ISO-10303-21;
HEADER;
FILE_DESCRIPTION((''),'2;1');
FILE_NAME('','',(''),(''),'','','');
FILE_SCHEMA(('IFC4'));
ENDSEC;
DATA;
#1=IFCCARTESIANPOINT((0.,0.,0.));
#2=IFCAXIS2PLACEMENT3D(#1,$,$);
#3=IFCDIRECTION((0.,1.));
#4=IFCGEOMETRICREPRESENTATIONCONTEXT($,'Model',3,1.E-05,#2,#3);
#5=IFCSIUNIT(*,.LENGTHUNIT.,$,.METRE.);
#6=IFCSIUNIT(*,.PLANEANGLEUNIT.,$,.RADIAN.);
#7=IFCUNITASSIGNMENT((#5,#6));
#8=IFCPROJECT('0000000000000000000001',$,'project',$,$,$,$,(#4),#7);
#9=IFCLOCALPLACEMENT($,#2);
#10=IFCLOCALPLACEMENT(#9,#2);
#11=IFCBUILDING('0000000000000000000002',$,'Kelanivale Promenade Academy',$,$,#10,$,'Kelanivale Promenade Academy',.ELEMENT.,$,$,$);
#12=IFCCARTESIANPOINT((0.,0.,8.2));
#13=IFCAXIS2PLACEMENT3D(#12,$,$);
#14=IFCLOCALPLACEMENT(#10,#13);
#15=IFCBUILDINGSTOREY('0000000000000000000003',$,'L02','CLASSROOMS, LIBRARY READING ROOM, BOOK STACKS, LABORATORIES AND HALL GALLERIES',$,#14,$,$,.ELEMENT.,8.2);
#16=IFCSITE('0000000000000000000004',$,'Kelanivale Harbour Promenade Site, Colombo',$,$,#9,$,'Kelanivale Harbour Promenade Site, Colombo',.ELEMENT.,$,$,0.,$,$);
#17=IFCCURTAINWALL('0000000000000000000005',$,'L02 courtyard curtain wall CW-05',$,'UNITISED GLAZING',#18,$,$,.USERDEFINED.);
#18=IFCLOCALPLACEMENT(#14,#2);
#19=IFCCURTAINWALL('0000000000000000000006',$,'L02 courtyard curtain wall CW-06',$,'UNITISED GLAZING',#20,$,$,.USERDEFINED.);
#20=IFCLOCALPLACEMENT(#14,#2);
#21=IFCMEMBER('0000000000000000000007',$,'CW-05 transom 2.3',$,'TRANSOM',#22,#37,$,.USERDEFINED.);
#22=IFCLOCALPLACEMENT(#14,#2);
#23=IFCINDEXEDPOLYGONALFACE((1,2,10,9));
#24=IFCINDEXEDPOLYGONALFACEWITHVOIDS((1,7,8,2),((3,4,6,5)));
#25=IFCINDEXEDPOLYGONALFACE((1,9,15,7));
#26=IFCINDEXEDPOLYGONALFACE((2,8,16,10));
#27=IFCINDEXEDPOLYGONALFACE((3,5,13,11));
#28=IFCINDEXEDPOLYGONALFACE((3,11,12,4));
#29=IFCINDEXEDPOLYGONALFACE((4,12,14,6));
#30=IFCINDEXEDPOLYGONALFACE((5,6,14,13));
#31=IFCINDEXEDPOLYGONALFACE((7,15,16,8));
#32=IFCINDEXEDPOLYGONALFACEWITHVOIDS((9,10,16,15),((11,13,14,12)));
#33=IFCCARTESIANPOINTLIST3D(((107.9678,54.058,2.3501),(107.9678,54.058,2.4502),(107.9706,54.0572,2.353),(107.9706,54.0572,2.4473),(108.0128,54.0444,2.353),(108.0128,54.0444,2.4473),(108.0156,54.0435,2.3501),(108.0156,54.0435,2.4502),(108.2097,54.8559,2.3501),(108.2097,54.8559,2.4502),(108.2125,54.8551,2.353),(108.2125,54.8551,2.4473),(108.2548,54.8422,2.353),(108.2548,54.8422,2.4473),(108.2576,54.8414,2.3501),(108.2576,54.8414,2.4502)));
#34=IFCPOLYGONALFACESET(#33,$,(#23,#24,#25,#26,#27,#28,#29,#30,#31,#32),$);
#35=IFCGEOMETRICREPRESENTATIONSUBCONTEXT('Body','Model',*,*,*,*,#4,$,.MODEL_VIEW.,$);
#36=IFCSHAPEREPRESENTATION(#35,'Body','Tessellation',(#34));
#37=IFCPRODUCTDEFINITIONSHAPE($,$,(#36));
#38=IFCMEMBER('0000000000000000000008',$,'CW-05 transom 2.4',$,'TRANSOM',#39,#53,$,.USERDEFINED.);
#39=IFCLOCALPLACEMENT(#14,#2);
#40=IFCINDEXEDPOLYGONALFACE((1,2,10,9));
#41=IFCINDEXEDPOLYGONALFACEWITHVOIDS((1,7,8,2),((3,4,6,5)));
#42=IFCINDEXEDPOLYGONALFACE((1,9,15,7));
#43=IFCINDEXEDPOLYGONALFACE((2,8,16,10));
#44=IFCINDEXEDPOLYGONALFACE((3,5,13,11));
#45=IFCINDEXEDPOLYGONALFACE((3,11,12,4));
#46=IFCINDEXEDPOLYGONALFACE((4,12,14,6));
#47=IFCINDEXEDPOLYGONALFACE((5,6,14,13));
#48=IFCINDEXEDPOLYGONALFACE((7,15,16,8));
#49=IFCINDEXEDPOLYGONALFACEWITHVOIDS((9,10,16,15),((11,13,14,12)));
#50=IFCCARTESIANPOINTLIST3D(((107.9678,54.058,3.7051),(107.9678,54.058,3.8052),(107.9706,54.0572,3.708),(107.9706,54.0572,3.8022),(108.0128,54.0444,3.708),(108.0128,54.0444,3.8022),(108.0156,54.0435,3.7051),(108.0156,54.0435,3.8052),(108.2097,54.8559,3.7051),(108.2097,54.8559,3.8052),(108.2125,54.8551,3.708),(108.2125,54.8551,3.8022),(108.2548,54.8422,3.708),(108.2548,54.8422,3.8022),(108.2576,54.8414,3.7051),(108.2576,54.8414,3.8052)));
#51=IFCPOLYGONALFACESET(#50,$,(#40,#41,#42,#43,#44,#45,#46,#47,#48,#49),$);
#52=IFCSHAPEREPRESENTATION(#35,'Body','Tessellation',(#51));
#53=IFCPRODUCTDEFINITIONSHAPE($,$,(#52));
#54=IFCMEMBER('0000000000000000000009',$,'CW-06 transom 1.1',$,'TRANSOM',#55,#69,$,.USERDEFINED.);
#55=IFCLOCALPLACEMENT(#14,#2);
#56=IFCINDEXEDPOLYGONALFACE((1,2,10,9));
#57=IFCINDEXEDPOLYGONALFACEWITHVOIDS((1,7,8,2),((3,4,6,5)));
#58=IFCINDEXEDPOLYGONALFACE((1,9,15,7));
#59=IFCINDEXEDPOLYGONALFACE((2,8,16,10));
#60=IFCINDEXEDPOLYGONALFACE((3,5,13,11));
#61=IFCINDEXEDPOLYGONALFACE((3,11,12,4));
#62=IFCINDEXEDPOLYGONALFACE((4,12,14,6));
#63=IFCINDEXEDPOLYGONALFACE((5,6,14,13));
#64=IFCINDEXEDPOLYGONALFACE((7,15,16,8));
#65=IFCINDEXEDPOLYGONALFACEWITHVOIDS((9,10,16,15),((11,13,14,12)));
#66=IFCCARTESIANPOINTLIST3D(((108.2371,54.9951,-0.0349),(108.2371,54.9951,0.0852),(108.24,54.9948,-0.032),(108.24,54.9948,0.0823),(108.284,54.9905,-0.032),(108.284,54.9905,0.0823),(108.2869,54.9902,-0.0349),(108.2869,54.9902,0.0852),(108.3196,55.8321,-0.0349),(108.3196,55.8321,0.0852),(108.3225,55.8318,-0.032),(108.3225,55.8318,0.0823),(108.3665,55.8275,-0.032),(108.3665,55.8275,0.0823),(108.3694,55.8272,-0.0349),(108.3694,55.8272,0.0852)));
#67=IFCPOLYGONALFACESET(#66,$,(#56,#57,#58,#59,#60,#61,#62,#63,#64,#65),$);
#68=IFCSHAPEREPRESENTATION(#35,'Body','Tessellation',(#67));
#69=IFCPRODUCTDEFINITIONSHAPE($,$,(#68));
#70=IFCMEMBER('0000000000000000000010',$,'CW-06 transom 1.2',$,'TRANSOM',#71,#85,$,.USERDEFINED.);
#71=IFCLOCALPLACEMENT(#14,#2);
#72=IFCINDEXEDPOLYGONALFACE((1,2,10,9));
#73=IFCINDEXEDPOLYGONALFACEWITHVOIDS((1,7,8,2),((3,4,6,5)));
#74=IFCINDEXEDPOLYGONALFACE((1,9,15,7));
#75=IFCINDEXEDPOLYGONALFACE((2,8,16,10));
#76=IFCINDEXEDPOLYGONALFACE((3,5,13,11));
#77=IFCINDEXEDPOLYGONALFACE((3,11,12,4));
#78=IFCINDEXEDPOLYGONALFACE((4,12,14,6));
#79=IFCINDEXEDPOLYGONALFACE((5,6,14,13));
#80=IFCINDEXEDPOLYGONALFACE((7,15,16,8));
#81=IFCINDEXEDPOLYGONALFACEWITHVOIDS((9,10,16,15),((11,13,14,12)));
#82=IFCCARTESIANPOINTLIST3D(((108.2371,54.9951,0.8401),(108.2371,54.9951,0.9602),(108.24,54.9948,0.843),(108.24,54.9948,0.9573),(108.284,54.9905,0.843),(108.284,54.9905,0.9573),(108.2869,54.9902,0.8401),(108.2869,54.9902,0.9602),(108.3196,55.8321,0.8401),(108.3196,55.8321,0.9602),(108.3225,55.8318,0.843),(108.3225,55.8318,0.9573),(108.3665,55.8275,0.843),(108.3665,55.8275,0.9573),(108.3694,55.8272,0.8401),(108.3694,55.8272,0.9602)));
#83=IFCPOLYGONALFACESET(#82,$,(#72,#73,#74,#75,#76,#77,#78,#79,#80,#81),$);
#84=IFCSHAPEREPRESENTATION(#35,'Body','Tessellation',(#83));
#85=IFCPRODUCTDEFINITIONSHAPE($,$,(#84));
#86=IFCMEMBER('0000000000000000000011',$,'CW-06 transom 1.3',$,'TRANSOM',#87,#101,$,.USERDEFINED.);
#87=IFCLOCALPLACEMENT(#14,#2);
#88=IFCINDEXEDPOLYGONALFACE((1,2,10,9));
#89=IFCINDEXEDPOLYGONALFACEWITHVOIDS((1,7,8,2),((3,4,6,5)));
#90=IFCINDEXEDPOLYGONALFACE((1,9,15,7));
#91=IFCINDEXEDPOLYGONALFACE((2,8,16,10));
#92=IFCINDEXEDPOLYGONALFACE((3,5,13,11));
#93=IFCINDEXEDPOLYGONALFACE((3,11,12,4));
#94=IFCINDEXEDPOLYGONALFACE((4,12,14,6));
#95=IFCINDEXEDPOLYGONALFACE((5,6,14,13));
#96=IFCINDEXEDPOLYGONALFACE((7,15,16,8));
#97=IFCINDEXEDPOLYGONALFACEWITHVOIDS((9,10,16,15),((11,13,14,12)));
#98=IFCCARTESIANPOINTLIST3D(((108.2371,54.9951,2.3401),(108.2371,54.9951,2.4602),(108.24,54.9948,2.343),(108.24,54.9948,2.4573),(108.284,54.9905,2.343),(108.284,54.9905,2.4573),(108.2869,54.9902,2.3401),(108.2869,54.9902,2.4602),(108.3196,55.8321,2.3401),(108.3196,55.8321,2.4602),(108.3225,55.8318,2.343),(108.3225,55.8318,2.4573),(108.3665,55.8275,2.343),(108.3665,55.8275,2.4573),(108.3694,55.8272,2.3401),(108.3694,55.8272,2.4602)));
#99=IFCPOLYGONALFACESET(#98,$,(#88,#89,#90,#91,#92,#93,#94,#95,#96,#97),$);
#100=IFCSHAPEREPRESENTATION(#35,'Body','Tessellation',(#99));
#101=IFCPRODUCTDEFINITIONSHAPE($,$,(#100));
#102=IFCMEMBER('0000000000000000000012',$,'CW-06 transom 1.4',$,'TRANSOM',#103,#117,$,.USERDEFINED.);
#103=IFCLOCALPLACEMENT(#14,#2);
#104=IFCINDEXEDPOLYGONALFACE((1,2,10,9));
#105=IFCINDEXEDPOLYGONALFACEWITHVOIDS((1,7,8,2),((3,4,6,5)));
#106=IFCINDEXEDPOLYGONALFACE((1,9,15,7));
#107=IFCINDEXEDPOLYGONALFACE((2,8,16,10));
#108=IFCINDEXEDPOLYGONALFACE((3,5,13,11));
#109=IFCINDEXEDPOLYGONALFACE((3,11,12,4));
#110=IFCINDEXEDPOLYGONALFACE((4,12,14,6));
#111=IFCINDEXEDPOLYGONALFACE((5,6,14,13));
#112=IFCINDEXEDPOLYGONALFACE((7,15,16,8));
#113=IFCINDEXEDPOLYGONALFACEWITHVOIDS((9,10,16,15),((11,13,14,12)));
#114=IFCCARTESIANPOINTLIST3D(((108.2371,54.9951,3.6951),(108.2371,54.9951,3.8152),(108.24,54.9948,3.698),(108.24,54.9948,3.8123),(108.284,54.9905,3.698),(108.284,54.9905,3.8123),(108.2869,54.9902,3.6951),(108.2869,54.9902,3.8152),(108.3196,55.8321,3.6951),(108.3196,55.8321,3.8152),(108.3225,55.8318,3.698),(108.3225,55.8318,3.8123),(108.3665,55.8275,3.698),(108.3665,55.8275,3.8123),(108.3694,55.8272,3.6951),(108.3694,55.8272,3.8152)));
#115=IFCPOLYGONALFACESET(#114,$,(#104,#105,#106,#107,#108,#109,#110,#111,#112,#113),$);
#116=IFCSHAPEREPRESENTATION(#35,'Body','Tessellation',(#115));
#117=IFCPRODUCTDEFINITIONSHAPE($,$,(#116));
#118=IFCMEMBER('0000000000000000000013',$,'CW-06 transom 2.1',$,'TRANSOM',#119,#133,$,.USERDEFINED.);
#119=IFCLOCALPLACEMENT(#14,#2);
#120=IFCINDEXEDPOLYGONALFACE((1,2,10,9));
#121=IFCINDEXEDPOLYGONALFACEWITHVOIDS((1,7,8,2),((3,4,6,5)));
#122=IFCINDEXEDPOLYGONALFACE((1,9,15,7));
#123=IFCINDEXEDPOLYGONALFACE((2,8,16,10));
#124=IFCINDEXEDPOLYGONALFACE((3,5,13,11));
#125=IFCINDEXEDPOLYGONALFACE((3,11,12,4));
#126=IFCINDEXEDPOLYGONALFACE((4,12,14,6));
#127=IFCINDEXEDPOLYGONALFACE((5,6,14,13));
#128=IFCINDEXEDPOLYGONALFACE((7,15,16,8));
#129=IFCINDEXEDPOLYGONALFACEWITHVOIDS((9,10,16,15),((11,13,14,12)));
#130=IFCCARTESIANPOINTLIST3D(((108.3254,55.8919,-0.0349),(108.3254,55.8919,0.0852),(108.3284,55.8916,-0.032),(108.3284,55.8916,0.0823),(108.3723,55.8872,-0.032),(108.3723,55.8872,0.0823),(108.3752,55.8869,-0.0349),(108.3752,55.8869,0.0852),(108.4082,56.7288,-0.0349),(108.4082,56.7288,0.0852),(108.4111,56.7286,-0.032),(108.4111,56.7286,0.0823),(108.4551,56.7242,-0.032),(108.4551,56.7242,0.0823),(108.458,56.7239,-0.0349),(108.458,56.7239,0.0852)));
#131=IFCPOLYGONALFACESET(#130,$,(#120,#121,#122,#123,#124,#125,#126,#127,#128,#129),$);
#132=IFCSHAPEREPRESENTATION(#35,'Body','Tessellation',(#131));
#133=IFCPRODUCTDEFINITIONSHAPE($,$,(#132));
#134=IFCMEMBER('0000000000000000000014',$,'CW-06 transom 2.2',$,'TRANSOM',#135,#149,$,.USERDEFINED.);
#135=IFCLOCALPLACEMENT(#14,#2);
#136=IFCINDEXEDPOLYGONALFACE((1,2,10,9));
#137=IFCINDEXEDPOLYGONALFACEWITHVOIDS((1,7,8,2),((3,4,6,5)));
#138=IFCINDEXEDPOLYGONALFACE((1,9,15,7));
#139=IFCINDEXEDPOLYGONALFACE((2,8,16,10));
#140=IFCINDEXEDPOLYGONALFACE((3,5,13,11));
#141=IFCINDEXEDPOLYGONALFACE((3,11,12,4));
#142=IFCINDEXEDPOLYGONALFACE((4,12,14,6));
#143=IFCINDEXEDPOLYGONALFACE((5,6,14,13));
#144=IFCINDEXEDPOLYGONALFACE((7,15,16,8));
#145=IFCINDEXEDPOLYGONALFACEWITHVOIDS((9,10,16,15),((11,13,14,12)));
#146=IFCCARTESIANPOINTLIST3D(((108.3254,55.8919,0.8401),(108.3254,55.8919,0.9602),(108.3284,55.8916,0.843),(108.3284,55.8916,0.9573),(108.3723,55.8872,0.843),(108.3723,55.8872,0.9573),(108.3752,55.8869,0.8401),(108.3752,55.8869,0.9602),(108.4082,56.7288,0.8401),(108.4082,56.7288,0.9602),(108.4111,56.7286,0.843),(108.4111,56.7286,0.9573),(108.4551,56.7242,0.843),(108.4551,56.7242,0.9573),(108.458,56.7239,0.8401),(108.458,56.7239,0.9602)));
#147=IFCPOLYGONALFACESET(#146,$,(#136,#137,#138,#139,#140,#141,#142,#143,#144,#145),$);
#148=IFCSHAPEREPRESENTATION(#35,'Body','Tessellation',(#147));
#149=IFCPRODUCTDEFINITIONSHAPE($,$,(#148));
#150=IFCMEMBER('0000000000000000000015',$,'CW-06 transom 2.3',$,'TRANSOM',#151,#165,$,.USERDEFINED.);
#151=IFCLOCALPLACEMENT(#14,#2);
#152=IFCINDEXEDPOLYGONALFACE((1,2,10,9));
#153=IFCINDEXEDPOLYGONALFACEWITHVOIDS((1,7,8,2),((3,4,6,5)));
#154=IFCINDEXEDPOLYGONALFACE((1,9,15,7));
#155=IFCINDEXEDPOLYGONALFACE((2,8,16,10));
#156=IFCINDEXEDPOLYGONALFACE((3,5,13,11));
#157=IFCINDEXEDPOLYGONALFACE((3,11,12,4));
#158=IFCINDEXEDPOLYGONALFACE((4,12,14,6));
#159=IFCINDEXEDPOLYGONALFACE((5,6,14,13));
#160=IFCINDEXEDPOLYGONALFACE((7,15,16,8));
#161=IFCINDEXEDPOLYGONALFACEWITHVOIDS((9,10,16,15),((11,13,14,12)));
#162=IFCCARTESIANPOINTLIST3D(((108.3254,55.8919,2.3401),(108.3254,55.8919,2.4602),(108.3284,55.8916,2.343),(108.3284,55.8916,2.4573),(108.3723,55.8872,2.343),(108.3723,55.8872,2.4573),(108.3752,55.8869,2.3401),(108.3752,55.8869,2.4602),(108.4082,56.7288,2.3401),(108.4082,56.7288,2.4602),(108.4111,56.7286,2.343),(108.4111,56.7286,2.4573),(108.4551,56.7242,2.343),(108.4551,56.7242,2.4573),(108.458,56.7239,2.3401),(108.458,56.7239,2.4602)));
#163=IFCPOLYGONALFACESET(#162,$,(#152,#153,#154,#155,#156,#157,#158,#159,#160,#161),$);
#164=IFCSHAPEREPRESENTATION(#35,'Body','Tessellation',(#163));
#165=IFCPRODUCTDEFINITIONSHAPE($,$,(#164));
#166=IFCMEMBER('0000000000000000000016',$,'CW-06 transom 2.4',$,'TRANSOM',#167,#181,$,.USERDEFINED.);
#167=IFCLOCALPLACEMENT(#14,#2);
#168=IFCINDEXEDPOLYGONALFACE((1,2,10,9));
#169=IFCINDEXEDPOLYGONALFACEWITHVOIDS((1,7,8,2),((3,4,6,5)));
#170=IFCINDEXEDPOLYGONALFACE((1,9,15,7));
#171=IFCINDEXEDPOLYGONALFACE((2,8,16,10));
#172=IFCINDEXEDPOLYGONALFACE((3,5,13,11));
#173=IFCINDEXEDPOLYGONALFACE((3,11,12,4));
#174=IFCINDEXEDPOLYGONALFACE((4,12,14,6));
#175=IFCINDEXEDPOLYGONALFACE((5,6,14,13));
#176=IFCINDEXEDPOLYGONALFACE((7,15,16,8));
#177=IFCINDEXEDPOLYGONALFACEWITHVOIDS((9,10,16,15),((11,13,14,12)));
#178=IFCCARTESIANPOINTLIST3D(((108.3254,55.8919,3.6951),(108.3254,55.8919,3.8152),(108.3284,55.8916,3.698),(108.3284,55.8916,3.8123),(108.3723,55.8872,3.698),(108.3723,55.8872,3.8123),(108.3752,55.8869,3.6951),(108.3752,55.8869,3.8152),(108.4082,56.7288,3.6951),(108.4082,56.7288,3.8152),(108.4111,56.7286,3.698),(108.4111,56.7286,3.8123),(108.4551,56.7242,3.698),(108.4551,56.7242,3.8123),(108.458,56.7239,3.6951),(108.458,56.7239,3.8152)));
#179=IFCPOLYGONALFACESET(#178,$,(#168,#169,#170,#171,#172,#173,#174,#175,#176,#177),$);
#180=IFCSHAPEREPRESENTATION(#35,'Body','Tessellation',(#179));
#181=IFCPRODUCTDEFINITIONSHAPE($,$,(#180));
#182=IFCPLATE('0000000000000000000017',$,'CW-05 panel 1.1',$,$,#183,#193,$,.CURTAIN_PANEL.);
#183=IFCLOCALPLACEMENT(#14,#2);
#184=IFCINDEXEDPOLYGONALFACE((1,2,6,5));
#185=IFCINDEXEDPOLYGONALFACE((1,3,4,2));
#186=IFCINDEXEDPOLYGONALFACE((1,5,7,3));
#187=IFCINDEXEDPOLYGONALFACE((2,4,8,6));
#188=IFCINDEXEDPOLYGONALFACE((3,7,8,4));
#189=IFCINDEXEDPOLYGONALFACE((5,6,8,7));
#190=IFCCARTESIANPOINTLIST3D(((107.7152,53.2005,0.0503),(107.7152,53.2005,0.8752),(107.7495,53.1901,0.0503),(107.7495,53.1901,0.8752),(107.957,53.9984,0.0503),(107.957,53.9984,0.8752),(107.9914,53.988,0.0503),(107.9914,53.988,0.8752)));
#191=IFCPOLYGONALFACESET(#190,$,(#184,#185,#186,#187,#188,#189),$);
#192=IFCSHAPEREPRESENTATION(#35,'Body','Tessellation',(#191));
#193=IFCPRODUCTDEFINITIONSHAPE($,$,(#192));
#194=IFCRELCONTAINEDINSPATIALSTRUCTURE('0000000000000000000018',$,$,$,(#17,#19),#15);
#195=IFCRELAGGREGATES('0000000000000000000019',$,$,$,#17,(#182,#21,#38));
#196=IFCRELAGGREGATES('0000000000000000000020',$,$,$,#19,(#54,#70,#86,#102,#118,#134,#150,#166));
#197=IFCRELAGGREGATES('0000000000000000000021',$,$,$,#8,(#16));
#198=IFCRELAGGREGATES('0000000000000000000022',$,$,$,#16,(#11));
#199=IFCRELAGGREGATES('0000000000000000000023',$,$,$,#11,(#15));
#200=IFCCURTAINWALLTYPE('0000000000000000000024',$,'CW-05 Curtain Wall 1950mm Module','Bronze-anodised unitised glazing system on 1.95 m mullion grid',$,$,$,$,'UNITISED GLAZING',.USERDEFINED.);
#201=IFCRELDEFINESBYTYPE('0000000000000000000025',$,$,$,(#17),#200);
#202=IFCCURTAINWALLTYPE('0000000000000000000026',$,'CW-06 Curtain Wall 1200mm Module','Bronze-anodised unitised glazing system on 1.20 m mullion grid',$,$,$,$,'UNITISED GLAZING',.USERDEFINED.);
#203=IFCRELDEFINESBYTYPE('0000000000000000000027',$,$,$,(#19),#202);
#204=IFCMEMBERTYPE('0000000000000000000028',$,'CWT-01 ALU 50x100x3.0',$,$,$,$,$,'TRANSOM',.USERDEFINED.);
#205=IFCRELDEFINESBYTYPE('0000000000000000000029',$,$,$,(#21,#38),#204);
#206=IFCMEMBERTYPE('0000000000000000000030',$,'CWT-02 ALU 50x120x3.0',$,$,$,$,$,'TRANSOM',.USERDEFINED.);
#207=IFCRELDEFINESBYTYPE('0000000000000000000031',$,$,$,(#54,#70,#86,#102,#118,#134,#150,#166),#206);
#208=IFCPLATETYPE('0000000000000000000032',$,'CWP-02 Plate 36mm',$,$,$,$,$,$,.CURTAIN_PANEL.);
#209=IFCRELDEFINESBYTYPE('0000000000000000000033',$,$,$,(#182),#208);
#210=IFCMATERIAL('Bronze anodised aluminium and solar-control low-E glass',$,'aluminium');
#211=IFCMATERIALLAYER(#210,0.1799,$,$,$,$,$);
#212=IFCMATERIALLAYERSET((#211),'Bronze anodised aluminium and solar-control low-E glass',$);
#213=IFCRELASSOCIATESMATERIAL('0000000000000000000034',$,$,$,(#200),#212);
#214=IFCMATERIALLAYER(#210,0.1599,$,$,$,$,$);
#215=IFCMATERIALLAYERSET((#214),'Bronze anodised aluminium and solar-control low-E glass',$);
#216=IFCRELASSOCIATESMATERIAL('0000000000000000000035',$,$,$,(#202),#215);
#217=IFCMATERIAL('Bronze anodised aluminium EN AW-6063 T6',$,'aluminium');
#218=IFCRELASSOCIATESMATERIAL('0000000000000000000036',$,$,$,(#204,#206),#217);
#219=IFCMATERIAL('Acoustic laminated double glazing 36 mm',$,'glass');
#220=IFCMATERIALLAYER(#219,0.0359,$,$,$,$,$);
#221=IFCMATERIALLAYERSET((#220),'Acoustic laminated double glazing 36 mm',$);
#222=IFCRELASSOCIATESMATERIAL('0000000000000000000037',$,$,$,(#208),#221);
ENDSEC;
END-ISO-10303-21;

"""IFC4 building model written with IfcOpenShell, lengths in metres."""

from ifc_helpers import new_model, si_unit, direction, frame, origin, origin_2d, place, context, subcontext, project, spatial, rectangle, hollow_rectangle, extrude, material, layer, layer_set, material_profile, profile_set, type_object, element, aggregate, save


model = new_model("IFC4")

# Units and contexts
model_context = context("Model", 3, precision=1e-05, world=origin(), true_north=direction((0.0, 1.0)))
body_context = subcontext(model_context, "Body", "Model", "MODEL_VIEW")
ifc_project = project(units=[si_unit("LENGTHUNIT", "METRE"), si_unit("PLANEANGLEUNIT", "RADIAN")], contexts=[model_context])

# Site, building, storey
site_placement = place(None, origin())
site = spatial("IfcSite", under=ifc_project, at=site_placement, Name="Kelanivale Harbour Promenade Site, Colombo", LongName="Kelanivale Harbour Promenade Site, Colombo", CompositionType="ELEMENT", RefElevation=0.0)
building_placement = place(site_placement, origin())
building = spatial("IfcBuilding", under=site, at=building_placement, Name="Kelanivale Promenade Academy", LongName="Kelanivale Promenade Academy", CompositionType="ELEMENT")
storey_placement = place(building_placement, frame((0.0, 0.0, 8.2)))
storey = spatial("IfcBuildingStorey", under=building, at=storey_placement, Name="L02", Description="CLASSROOMS, LIBRARY READING ROOM, BOOK STACKS, LABORATORIES AND HALL GALLERIES", CompositionType="ELEMENT", Elevation=8.2)

# Curtain walls
ifc_material_1 = material(Name="Bronze anodised aluminium and solar-control low-E glass", Category="aluminium")
ifc_layer_1 = layer(ifc_material_1, 0.1799)
ifc_layer_set_1 = layer_set([ifc_layer_1], Name="Bronze anodised aluminium and solar-control low-E glass")
curtain_wall_type_1 = type_object("IfcCurtainWallType", Name="CW-05 Curtain Wall 1950mm Module", Description="Bronze-anodised unitised glazing system on 1.95 m mullion grid", ElementType="UNITISED GLAZING", PredefinedType="USERDEFINED", material=ifc_layer_set_1)
curtain_wall_1_placement = place(storey_placement, origin())
curtain_wall_1 = element("IfcCurtainWall", 1, at=curtain_wall_1_placement, inside=storey, type_object=curtain_wall_type_1, Name="L02 courtyard curtain wall CW-05", ObjectType="UNITISED GLAZING", PredefinedType="USERDEFINED")
ifc_material_2 = material(Name="Bronze anodised aluminium EN AW-6063 T6", Category="aluminium")
ifc_layer_2 = layer(ifc_material_1, 0.1599)
ifc_layer_set_2 = layer_set([ifc_layer_2], Name="Bronze anodised aluminium and solar-control low-E glass")
curtain_wall_type_2 = type_object("IfcCurtainWallType", Name="CW-06 Curtain Wall 1200mm Module", Description="Bronze-anodised unitised glazing system on 1.20 m mullion grid", ElementType="UNITISED GLAZING", PredefinedType="USERDEFINED", material=ifc_layer_set_2)
curtain_wall_2_placement = place(storey_placement, origin())
curtain_wall_2 = element("IfcCurtainWall", 2, at=curtain_wall_2_placement, inside=storey, type_object=curtain_wall_type_2, Name="L02 courtyard curtain wall CW-06", ObjectType="UNITISED GLAZING", PredefinedType="USERDEFINED")

# Members
ifc_material_profile_1 = material_profile(ifc_material_2, hollow_rectangle(XDim=0.05, YDim=0.1001, WallThickness=0.0029, at=origin_2d()), Name="ALU 50x100x3.0")
ifc_profile_set_1 = profile_set([ifc_material_profile_1], Name="Bronze anodised aluminium EN AW-6063 T6")
member_type_1 = type_object("IfcMemberType", Name="CWT-01 ALU 50x100x3.0", ElementType="TRANSOM", PredefinedType="USERDEFINED", material=ifc_profile_set_1)
member_1_placement = place(storey_placement, frame((107.9917, 54.0508, 2.4001), z_axis=(0.290194, 0.956968, 0.0), x_axis=(-0.956968, 0.290194, 0.0)))
member_1 = element("IfcMember", 3, at=member_1_placement, type_object=member_type_1, Name="CW-05 transom 2.3", ObjectType="TRANSOM", PredefinedType="USERDEFINED", context=body_context, shape_type="SweptSolid", body=[
    extrude(hollow_rectangle(XDim=0.05, YDim=0.1001, WallThickness=0.0029, at=origin_2d()), origin(), (0.0, 0.0, 1.0), 0.8337),
])
member_2_placement = place(storey_placement, frame((107.9917, 54.0508, 3.7551), z_axis=(0.290194, 0.956968, 0.0), x_axis=(-0.956968, 0.290194, 0.0)))
member_2 = element("IfcMember", 4, at=member_2_placement, type_object=member_type_1, Name="CW-05 transom 2.4", ObjectType="TRANSOM", PredefinedType="USERDEFINED", context=body_context, shape_type="SweptSolid", body=[
    extrude(hollow_rectangle(XDim=0.05, YDim=0.1001, WallThickness=0.0029, at=origin_2d()), origin(), (0.0, 0.0, 1.0), 0.8337),
])
ifc_material_profile_2 = material_profile(ifc_material_2, hollow_rectangle(XDim=0.05, YDim=0.1201, WallThickness=0.0029, at=origin_2d()), Name="ALU 50x120x3.0")
ifc_profile_set_2 = profile_set([ifc_material_profile_2], Name="Bronze anodised aluminium EN AW-6063 T6")
member_type_2 = type_object("IfcMemberType", Name="CWT-02 ALU 50x120x3.0", ElementType="TRANSOM", PredefinedType="USERDEFINED", material=ifc_profile_set_2)
member_3_placement = place(storey_placement, frame((108.262, 54.9927, 0.0251), z_axis=(0.098124, 0.995174, 0.0), x_axis=(-0.995174, 0.098124, 0.0)))
member_3 = element("IfcMember", 5, at=member_3_placement, type_object=member_type_2, Name="CW-06 transom 1.1", ObjectType="TRANSOM", PredefinedType="USERDEFINED", context=body_context, shape_type="SweptSolid", body=[
    extrude(hollow_rectangle(XDim=0.05, YDim=0.1201, WallThickness=0.0029, at=origin_2d()), origin(), (0.0, 0.0, 1.0), 0.8411),
])
member_4_placement = place(storey_placement, frame((108.262, 54.9927, 0.9001), z_axis=(0.098124, 0.995174, 0.0), x_axis=(-0.995174, 0.098124, 0.0)))
member_4 = element("IfcMember", 6, at=member_4_placement, type_object=member_type_2, Name="CW-06 transom 1.2", ObjectType="TRANSOM", PredefinedType="USERDEFINED", context=body_context, shape_type="SweptSolid", body=[
    extrude(hollow_rectangle(XDim=0.05, YDim=0.1201, WallThickness=0.0029, at=origin_2d()), origin(), (0.0, 0.0, 1.0), 0.8411),
])
member_5_placement = place(storey_placement, frame((108.262, 54.9927, 2.4001), z_axis=(0.098124, 0.995174, 0.0), x_axis=(-0.995174, 0.098124, 0.0)))
member_5 = element("IfcMember", 7, at=member_5_placement, type_object=member_type_2, Name="CW-06 transom 1.3", ObjectType="TRANSOM", PredefinedType="USERDEFINED", context=body_context, shape_type="SweptSolid", body=[
    extrude(hollow_rectangle(XDim=0.05, YDim=0.1201, WallThickness=0.0029, at=origin_2d()), origin(), (0.0, 0.0, 1.0), 0.8411),
])
member_6_placement = place(storey_placement, frame((108.262, 54.9927, 3.7551), z_axis=(0.098124, 0.995174, 0.0), x_axis=(-0.995174, 0.098124, 0.0)))
member_6 = element("IfcMember", 8, at=member_6_placement, type_object=member_type_2, Name="CW-06 transom 1.4", ObjectType="TRANSOM", PredefinedType="USERDEFINED", context=body_context, shape_type="SweptSolid", body=[
    extrude(hollow_rectangle(XDim=0.05, YDim=0.1201, WallThickness=0.0029, at=origin_2d()), origin(), (0.0, 0.0, 1.0), 0.8411),
])
member_7_placement = place(storey_placement, frame((108.3503, 55.8894, 0.0251), z_axis=(0.098411, 0.995146, 0.0), x_axis=(-0.995146, 0.098411, 0.0)))
member_7 = element("IfcMember", 9, at=member_7_placement, type_object=member_type_2, Name="CW-06 transom 2.1", ObjectType="TRANSOM", PredefinedType="USERDEFINED", context=body_context, shape_type="SweptSolid", body=[
    extrude(hollow_rectangle(XDim=0.05, YDim=0.1201, WallThickness=0.0029, at=origin_2d()), origin(), (0.0, 0.0, 1.0), 0.8411),
])
member_8_placement = place(storey_placement, frame((108.3503, 55.8894, 0.9001), z_axis=(0.098411, 0.995146, 0.0), x_axis=(-0.995146, 0.098411, 0.0)))
member_8 = element("IfcMember", 10, at=member_8_placement, type_object=member_type_2, Name="CW-06 transom 2.2", ObjectType="TRANSOM", PredefinedType="USERDEFINED", context=body_context, shape_type="SweptSolid", body=[
    extrude(hollow_rectangle(XDim=0.05, YDim=0.1201, WallThickness=0.0029, at=origin_2d()), origin(), (0.0, 0.0, 1.0), 0.8411),
])
member_9_placement = place(storey_placement, frame((108.3503, 55.8894, 2.4001), z_axis=(0.098411, 0.995146, 0.0), x_axis=(-0.995146, 0.098411, 0.0)))
member_9 = element("IfcMember", 11, at=member_9_placement, type_object=member_type_2, Name="CW-06 transom 2.3", ObjectType="TRANSOM", PredefinedType="USERDEFINED", context=body_context, shape_type="SweptSolid", body=[
    extrude(hollow_rectangle(XDim=0.05, YDim=0.1201, WallThickness=0.0029, at=origin_2d()), origin(), (0.0, 0.0, 1.0), 0.8411),
])
member_10_placement = place(storey_placement, frame((108.3503, 55.8894, 3.7551), z_axis=(0.098411, 0.995146, 0.0), x_axis=(-0.995146, 0.098411, 0.0)))
member_10 = element("IfcMember", 12, at=member_10_placement, type_object=member_type_2, Name="CW-06 transom 2.4", ObjectType="TRANSOM", PredefinedType="USERDEFINED", context=body_context, shape_type="SweptSolid", body=[
    extrude(hollow_rectangle(XDim=0.05, YDim=0.1201, WallThickness=0.0029, at=origin_2d()), origin(), (0.0, 0.0, 1.0), 0.8411),
])

# Plate
ifc_material_3 = material(Name="Acoustic laminated double glazing 36 mm", Category="glass")
ifc_layer_3 = layer(ifc_material_3, 0.0359)
ifc_layer_set_3 = layer_set([ifc_layer_3], Name="Acoustic laminated double glazing 36 mm")
plate_type_1 = type_object("IfcPlateType", Name="CWP-02 Plate 36mm", PredefinedType="CURTAIN_PANEL", material=ifc_layer_set_3)
plate_1_placement = place(storey_placement, frame((107.8533, 53.5942, 0.0503), z_axis=(0.0, 0.0, 1.0), x_axis=(0.290128, 0.956988, 0.0)))
plate_1 = element("IfcPlate", 13, at=plate_1_placement, type_object=plate_type_1, Name="CW-05 panel 1.1", PredefinedType="CURTAIN_PANEL", context=body_context, shape_type="SweptSolid", body=[
    extrude(rectangle(XDim=0.8337, YDim=0.0359, at=origin_2d()), origin(), (0.0, 0.0, 1.0), 0.825),
])
aggregate(curtain_wall_1, [plate_1, member_1, member_2])
aggregate(curtain_wall_2, [member_3, member_4, member_5, member_6, member_7, member_8, member_9, member_10])

save(model, "model.ifc")
